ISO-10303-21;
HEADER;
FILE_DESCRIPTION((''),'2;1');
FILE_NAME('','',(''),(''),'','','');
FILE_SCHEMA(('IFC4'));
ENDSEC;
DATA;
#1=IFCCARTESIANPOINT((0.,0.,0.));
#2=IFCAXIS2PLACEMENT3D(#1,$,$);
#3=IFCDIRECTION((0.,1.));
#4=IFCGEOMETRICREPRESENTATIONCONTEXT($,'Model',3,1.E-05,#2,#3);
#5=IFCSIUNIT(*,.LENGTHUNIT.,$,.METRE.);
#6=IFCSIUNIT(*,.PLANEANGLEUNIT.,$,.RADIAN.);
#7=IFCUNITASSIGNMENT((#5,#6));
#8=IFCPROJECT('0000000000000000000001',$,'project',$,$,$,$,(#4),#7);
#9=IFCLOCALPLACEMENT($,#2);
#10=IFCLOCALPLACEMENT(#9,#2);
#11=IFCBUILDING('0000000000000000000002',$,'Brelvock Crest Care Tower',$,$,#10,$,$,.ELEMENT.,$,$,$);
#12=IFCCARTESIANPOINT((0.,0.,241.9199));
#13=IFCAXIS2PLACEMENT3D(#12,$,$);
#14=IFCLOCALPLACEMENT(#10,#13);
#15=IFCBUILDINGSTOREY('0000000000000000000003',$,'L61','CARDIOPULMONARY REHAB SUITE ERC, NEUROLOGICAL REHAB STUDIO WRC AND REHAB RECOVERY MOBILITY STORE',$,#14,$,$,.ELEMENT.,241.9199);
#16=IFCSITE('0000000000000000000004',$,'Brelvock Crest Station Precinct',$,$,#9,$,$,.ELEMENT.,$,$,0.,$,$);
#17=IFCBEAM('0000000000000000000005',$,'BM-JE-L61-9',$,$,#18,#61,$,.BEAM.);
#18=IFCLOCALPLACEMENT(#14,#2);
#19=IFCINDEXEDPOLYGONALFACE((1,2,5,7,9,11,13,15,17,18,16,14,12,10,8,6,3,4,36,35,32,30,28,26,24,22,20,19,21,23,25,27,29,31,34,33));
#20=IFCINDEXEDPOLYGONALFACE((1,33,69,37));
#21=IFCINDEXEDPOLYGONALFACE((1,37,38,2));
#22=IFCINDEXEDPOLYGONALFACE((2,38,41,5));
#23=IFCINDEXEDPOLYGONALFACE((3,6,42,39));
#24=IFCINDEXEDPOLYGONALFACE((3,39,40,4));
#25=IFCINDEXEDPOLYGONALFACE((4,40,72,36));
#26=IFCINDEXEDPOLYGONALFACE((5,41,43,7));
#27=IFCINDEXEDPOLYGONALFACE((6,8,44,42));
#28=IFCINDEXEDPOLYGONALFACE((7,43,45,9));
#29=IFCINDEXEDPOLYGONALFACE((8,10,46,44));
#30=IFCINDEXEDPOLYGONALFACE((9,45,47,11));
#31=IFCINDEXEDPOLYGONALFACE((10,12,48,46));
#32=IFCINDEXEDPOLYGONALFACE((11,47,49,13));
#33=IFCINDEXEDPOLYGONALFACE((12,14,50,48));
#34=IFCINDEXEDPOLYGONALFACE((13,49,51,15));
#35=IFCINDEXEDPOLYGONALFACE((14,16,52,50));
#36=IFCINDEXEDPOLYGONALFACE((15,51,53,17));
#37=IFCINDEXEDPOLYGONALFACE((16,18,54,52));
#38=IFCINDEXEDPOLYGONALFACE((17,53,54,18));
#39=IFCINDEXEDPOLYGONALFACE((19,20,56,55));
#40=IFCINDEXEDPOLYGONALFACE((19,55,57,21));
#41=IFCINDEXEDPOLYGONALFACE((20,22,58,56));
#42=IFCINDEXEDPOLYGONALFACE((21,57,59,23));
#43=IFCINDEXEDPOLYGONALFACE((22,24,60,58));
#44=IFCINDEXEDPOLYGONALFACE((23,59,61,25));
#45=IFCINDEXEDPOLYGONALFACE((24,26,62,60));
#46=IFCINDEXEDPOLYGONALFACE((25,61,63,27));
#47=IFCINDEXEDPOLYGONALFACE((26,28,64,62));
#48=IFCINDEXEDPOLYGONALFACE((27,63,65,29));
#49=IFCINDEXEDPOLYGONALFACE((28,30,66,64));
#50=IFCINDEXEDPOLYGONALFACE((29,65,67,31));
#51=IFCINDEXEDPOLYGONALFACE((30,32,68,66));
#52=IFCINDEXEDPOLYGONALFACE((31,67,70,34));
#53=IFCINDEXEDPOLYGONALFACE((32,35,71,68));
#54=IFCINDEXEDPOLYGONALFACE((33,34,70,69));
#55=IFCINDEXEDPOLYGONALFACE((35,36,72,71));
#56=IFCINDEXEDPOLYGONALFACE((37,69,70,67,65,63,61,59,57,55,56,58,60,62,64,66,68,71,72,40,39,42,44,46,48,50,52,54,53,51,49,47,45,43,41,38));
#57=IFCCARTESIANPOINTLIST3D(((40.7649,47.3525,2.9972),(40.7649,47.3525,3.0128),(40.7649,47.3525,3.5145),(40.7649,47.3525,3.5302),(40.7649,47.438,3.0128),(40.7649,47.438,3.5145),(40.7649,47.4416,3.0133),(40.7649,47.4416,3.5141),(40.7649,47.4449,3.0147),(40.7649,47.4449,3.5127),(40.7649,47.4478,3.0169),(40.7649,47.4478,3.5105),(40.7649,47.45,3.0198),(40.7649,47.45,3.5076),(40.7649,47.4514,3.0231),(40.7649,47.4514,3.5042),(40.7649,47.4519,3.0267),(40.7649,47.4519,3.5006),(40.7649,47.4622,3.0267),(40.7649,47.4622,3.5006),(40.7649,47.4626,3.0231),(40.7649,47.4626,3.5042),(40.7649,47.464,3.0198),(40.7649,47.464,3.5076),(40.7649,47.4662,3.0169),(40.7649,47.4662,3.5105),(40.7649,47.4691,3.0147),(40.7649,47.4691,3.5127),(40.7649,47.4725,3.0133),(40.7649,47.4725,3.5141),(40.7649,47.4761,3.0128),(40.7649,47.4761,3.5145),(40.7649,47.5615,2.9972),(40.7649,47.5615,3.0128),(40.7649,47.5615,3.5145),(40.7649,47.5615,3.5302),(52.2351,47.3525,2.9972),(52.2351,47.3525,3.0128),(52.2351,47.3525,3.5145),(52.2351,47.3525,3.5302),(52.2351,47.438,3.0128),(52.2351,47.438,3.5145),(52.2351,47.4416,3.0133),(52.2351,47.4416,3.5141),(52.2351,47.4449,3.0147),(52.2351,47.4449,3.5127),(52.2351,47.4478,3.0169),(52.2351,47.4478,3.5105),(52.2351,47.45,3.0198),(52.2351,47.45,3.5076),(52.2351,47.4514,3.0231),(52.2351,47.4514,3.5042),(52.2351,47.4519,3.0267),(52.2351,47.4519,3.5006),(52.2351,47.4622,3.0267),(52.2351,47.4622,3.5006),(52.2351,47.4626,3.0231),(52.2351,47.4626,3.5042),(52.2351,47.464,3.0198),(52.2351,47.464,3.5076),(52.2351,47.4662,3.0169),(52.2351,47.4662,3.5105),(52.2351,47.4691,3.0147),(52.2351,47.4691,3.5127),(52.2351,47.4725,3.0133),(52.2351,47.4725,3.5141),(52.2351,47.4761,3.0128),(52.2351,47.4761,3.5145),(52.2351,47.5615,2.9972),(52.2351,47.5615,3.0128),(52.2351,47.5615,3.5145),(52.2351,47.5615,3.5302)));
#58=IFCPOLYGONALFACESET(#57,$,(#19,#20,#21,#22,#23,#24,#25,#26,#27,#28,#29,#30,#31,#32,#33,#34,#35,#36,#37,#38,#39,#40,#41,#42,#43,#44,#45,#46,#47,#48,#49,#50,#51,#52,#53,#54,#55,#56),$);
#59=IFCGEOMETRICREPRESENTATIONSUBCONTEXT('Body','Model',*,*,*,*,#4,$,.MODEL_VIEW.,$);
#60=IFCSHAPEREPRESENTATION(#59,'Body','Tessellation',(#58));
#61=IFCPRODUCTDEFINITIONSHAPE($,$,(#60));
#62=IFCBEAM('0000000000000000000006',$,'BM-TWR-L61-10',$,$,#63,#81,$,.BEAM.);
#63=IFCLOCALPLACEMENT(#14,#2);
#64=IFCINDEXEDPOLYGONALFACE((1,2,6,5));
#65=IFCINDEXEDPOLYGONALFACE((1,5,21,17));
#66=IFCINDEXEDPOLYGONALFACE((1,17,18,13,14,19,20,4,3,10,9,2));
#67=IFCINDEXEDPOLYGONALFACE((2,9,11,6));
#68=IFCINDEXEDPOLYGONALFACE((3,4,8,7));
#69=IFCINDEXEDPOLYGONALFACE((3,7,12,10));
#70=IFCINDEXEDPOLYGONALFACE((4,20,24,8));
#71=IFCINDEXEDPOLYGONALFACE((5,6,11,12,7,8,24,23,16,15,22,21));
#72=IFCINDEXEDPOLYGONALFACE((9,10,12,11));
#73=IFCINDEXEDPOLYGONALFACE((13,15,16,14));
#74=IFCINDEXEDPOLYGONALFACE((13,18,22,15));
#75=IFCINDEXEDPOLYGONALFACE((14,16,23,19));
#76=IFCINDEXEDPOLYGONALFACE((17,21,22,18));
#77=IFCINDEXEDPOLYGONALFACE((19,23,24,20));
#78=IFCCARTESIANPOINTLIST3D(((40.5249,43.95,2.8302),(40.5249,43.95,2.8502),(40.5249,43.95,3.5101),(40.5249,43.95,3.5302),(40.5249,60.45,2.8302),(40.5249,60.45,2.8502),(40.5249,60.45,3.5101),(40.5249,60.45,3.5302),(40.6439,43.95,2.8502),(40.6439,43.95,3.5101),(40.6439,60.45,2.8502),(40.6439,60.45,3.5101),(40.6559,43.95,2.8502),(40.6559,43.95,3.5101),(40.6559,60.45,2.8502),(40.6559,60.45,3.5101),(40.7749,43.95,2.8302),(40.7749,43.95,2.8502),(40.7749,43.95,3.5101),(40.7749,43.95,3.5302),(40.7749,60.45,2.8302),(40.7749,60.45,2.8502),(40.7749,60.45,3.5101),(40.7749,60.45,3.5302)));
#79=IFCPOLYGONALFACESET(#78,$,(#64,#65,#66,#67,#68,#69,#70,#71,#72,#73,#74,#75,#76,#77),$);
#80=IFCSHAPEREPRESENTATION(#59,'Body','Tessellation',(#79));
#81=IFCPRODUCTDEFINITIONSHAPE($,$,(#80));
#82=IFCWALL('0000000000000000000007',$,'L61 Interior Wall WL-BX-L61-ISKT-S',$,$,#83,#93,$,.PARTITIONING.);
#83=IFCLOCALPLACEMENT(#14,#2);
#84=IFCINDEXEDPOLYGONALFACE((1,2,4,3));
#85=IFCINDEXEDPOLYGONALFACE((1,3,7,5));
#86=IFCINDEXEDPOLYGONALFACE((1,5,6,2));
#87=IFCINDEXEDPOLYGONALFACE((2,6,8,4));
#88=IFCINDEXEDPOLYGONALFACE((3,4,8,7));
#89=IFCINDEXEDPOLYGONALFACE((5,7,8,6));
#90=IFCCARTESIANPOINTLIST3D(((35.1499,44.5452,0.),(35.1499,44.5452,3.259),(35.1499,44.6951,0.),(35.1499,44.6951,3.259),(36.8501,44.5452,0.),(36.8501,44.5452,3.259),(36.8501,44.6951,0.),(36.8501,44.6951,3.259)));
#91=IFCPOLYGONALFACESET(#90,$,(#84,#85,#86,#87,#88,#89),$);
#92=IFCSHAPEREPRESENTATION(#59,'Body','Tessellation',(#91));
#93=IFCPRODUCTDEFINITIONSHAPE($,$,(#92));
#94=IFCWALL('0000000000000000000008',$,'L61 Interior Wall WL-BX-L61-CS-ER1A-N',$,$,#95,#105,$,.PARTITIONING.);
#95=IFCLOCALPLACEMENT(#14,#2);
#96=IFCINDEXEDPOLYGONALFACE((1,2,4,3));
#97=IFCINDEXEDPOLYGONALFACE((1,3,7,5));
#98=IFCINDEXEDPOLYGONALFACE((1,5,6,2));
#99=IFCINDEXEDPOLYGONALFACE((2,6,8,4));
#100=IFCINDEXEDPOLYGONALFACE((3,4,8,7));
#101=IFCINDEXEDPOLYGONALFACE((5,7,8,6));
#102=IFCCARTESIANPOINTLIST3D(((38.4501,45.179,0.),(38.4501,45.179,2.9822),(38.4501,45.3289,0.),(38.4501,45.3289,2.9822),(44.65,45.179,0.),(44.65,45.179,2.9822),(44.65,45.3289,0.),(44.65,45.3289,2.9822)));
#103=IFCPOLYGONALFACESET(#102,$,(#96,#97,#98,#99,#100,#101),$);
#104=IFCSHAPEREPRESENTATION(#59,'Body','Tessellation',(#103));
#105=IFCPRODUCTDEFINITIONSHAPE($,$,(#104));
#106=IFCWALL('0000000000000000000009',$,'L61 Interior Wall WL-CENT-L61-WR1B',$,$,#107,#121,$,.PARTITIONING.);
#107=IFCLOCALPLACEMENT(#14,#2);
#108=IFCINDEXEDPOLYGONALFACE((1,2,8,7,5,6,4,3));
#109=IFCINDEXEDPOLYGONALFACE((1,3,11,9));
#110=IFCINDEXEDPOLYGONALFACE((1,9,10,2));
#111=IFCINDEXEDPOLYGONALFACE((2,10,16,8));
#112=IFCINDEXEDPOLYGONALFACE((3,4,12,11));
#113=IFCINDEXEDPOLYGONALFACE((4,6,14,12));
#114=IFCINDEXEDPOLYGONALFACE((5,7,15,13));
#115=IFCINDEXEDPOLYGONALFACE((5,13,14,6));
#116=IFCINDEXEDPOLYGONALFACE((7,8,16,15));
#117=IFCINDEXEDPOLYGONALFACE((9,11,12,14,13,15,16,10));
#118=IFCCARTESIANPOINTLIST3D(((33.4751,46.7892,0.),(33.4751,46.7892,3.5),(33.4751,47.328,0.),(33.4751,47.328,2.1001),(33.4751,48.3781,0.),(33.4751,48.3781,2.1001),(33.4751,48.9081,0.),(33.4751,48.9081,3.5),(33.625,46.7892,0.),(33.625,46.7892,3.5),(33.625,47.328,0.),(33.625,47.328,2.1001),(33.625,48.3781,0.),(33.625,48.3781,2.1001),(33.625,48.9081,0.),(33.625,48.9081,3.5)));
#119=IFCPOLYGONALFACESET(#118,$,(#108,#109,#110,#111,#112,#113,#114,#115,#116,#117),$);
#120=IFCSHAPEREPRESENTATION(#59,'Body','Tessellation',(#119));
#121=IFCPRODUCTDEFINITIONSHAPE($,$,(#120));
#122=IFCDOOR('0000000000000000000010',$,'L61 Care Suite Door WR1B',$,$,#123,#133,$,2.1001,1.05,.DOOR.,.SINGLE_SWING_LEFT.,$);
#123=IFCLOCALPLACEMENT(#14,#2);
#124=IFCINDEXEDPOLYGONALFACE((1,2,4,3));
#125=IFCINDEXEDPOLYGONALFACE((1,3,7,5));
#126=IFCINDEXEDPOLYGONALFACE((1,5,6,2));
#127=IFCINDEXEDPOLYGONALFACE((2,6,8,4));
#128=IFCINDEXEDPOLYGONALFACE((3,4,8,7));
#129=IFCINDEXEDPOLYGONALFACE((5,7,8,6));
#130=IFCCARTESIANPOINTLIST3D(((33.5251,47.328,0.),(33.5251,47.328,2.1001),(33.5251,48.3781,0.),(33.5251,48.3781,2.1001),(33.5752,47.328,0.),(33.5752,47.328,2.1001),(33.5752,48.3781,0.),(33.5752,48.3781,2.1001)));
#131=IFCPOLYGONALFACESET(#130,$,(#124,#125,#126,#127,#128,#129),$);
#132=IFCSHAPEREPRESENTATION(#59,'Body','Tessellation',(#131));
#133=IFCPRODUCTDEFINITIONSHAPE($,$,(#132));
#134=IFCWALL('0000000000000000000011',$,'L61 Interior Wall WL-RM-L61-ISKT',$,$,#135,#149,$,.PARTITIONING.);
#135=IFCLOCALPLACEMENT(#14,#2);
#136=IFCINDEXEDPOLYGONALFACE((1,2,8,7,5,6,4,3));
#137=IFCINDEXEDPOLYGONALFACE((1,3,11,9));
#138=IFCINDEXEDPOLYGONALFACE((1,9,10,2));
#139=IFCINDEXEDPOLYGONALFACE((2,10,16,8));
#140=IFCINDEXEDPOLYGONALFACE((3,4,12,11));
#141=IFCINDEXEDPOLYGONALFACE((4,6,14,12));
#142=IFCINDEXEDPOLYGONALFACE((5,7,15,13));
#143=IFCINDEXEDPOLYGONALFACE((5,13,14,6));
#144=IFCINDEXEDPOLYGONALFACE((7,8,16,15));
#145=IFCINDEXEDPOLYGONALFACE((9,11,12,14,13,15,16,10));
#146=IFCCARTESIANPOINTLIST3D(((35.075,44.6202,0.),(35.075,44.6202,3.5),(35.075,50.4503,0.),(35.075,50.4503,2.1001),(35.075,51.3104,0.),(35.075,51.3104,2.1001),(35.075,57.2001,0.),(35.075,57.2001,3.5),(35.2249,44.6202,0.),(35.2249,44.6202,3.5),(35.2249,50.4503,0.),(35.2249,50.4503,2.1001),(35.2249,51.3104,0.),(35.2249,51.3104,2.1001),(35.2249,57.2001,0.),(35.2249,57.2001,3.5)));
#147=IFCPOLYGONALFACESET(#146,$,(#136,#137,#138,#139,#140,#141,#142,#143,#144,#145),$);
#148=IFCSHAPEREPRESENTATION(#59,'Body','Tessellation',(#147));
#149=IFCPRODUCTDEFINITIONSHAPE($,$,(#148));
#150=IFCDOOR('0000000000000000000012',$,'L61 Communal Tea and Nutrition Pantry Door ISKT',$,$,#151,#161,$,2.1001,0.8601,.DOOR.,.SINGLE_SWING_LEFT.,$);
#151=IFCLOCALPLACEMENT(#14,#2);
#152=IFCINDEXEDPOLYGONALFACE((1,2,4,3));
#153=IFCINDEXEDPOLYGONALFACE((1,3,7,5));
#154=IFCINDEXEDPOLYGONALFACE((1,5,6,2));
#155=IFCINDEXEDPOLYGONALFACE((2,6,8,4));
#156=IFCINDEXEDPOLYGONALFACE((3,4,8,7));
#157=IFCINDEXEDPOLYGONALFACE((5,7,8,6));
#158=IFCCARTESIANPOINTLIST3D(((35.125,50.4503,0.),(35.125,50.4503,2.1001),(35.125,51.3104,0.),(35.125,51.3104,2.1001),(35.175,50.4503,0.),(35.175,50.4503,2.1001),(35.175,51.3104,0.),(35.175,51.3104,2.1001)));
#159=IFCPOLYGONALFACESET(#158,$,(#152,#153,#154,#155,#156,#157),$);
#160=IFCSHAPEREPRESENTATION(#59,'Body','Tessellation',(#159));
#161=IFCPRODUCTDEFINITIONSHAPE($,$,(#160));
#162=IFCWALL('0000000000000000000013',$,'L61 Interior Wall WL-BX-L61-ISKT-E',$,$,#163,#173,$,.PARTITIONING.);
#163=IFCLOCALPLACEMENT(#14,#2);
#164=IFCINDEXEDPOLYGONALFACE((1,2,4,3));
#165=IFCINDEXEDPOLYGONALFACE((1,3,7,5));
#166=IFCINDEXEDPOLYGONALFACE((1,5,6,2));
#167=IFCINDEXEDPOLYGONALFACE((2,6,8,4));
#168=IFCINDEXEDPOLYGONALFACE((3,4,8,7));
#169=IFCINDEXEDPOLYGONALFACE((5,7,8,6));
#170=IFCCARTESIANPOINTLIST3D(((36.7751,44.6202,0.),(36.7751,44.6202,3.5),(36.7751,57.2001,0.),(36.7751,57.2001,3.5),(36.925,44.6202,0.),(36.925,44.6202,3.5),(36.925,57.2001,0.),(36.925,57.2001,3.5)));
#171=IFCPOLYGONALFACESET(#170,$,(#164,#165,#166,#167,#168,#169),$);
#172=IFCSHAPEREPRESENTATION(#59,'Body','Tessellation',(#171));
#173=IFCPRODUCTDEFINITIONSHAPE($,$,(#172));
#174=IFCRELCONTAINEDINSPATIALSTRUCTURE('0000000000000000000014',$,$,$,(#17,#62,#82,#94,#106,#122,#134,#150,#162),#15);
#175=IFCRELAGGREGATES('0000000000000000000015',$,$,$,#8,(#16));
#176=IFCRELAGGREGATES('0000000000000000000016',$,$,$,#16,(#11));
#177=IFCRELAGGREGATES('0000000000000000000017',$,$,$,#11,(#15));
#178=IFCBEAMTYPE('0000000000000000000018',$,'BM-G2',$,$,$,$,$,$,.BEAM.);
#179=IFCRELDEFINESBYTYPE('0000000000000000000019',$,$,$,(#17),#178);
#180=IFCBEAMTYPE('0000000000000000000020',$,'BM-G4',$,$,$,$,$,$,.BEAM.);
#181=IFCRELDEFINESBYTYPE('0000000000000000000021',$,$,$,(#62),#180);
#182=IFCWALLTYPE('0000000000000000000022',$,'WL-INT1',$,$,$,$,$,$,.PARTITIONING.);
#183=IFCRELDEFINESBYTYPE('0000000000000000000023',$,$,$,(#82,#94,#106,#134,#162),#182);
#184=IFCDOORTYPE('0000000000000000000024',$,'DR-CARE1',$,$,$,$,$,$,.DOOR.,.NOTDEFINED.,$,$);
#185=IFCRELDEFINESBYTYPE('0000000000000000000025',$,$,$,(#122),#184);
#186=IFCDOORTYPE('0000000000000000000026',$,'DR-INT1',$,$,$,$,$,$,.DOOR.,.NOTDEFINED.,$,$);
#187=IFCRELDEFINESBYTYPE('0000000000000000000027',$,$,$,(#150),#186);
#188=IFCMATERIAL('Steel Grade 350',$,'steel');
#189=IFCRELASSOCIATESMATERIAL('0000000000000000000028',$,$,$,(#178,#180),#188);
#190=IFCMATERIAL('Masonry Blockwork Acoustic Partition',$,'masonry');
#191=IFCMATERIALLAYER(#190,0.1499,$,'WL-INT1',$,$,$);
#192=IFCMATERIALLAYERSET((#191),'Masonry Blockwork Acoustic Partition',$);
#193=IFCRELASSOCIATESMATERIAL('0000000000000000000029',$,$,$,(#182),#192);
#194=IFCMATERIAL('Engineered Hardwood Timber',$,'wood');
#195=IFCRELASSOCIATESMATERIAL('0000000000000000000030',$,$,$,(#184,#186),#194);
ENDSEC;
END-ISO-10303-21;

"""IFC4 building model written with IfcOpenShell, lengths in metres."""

from ifc_helpers import new_model, si_unit, direction, frame, frame_2d, origin, origin_2d, place, context, subcontext, project, spatial, rectangle, i_section, extrude, source, transform, mapped, material, layer, layer_set, material_profile, profile_set, type_object, element, fill, save


model = new_model("IFC4")

# Units and contexts
model_context = context("Model", 3, precision=1e-05, world=origin(), true_north=direction((0.0, 1.0)))
body_context = subcontext(model_context, "Body", "Model", "MODEL_VIEW")
ifc_project = project(units=[si_unit("LENGTHUNIT", "METRE"), si_unit("PLANEANGLEUNIT", "RADIAN")], contexts=[model_context])

# Site, building, storey
site_placement = place(None, origin())
site = spatial("IfcSite", under=ifc_project, at=site_placement, Name="Brelvock Crest Station Precinct", CompositionType="ELEMENT", RefElevation=0.0)
building_placement = place(site_placement, origin())
building = spatial("IfcBuilding", under=site, at=building_placement, Name="Brelvock Crest Care Tower", CompositionType="ELEMENT")
storey_placement = place(building_placement, frame((0.0, 0.0, 241.9199)))
storey = spatial("IfcBuildingStorey", under=building, at=storey_placement, Name="L61", Description="CARDIOPULMONARY REHAB SUITE ERC, NEUROLOGICAL REHAB STUDIO WRC AND REHAB RECOVERY MOBILITY STORE", CompositionType="ELEMENT", Elevation=241.9199)

# Beams
ifc_material_1 = material(Name="Steel Grade 350", Category="steel")
ifc_material_profile_1 = material_profile(ifc_material_1, i_section(OverallWidth=0.209, OverallDepth=0.533, WebThickness=0.0103, FlangeThickness=0.0156, FilletRadius=0.0139, at=origin_2d()), Name="530UB92.4")
ifc_profile_set_1 = profile_set([ifc_material_profile_1], Name="Steel Grade 350")
beam_type_1 = type_object("IfcBeamType", Name="BM-G2", PredefinedType="BEAM", material=ifc_profile_set_1)
shared_shape_1 = source(origin(), body_context, "Body", "SweptSolid", [
    extrude(i_section(OverallWidth=0.209, OverallDepth=0.533, WebThickness=0.0103, FlangeThickness=0.0156, FilletRadius=0.0139, at=origin_2d()), origin(), (0.0, 0.0, 1.0), 11.4702),
])
for number, where, z_axis, x_axis, name in (
    (1, (40.7649, 47.457, 3.2637), (1.0, 0.0, 0.0), (0.0, 1.0, 0.0), "BM-JE-L61-9"),
):
    element("IfcBeam", number, at=place(storey_placement, frame(where, z_axis=z_axis, x_axis=x_axis)), inside=storey, type_object=beam_type_1, Name=name, PredefinedType="BEAM", context=body_context, shape_type="MappedRepresentation", body=[
        mapped(shared_shape_1, transform((0.0, 0.0, 0.0), x_axis=(1.0, 0.0, 0.0), y_axis=(0.0, 1.0, 0.0), z_axis=(0.0, 0.0, 1.0), scale=1.0)),
    ])
ifc_material_profile_2 = material_profile(ifc_material_1, i_section(OverallWidth=0.25, OverallDepth=0.7, WebThickness=0.012, FlangeThickness=0.02, at=origin_2d()), Name="700WB150")
ifc_profile_set_2 = profile_set([ifc_material_profile_2], Name="Steel Grade 350")
beam_type_2 = type_object("IfcBeamType", Name="BM-G4", PredefinedType="BEAM", material=ifc_profile_set_2)
shared_shape_2 = source(origin(), body_context, "Body", "SweptSolid", [
    extrude(i_section(OverallWidth=0.25, OverallDepth=0.7, WebThickness=0.012, FlangeThickness=0.02, at=origin_2d()), origin(), (0.0, 0.0, 1.0), 16.5),
])
beam_placement = place(storey_placement, frame((40.6499, 43.95, 3.1802), z_axis=(0.0, 1.0, 0.0), x_axis=(-1.0, 0.0, 0.0)))
element("IfcBeam", 2, at=beam_placement, inside=storey, type_object=beam_type_2, Name="BM-TWR-L61-10", PredefinedType="BEAM", context=body_context, shape_type="MappedRepresentation", body=[
    mapped(shared_shape_2, transform((0.0, 0.0, 0.0), x_axis=(1.0, 0.0, 0.0), y_axis=(0.0, 1.0, 0.0), z_axis=(0.0, 0.0, 1.0), scale=1.0)),
])

# Walls
ifc_material_2 = material(Name="Masonry Blockwork Acoustic Partition", Category="masonry")
ifc_layer = layer(ifc_material_2, 0.1499, Name="WL-INT1")
ifc_layer_set = layer_set([ifc_layer], Name="Masonry Blockwork Acoustic Partition")
wall_type = type_object("IfcWallType", Name="WL-INT1", PredefinedType="PARTITIONING", material=ifc_layer_set)
wall_1_placement = place(storey_placement, frame((35.1499, 44.6201, 0.0), z_axis=(0.0, 0.0, 1.0), x_axis=(1.0, 0.0, 0.0)))
element("IfcWall", 3, at=wall_1_placement, inside=storey, type_object=wall_type, Name="L61 Interior Wall WL-BX-L61-ISKT-S", PredefinedType="PARTITIONING", context=body_context, shape_type="SweptSolid", body=[
    extrude(rectangle(XDim=1.7002, YDim=0.1499, at=frame_2d((0.8501, 0.0))), origin(), (0.0, 0.0, 1.0), 3.259),
])
wall_2_placement = place(storey_placement, frame((38.45, 45.2539, 0.0), z_axis=(0.0, 0.0, 1.0), x_axis=(1.0, 0.0, 0.0)))
element("IfcWall", 4, at=wall_2_placement, inside=storey, type_object=wall_type, Name="L61 Interior Wall WL-BX-L61-CS-ER1A-N", PredefinedType="PARTITIONING", context=body_context, shape_type="SweptSolid", body=[
    extrude(rectangle(XDim=6.2, YDim=0.1499, at=frame_2d((3.1001, 0.0))), origin(), (0.0, 0.0, 1.0), 2.9822),
])

# Walls, openings, doors
wall_3_placement = place(storey_placement, frame((33.55, 46.7891, 0.0), z_axis=(0.0, 0.0, 1.0), x_axis=(0.0, 1.0, 0.0)))
wall_3 = element("IfcWall", 5, at=wall_3_placement, inside=storey, type_object=wall_type, Name="L61 Interior Wall WL-CENT-L61-WR1B", PredefinedType="PARTITIONING", context=body_context, shape_type="SweptSolid", body=[
    extrude(rectangle(XDim=2.1189, YDim=0.1499, at=frame_2d((1.0596, 0.0))), origin(), (0.0, 0.0, 1.0), 3.5),
])
opening_1_placement = place(wall_3_placement, frame((0.5391, 0.0, 0.0)))
opening_1 = element("IfcOpeningElement", 6, at=opening_1_placement, cuts=wall_3, PredefinedType="OPENING", context=body_context, shape_type="SweptSolid", body=[
    extrude(rectangle(XDim=1.05, YDim=2.1001, at=origin_2d()), frame((0.5249, 0.085, 1.05), z_axis=(0.0, -1.0, 0.0), x_axis=(1.0, 0.0, 0.0)), (0.0, 0.0, 1.0), 0.1699),
])
ifc_material_3 = material(Name="Engineered Hardwood Timber", Category="wood")
door_type_1 = type_object("IfcDoorType", Name="DR-CARE1", OperationType="NOTDEFINED", PredefinedType="DOOR", material=ifc_material_3)
shared_shape_3 = source(origin(), body_context, "Body", "SweptSolid", [
    extrude(rectangle(XDim=1.05, YDim=2.1001, at=origin_2d()), frame((0.5249, 0.0249, 1.05), z_axis=(0.0, -1.0, 0.0), x_axis=(1.0, 0.0, 0.0)), (0.0, 0.0, 1.0), 0.05),
])
door_1_placement = place(opening_1_placement, origin())
door_1 = element("IfcDoor", 7, at=door_1_placement, inside=storey, type_object=door_type_1, Name="L61 Care Suite Door WR1B", OperationType="SINGLE_SWING_LEFT", OverallHeight=2.1001, OverallWidth=1.05, PredefinedType="DOOR", context=body_context, shape_type="MappedRepresentation", body=[
    mapped(shared_shape_3, transform((0.0, 0.0, 0.0), x_axis=(1.0, 0.0, 0.0), y_axis=(0.0, 1.0, 0.0), z_axis=(0.0, 0.0, 1.0), scale=1.0)),
])
fill(opening_1, door_1)
wall_4_placement = place(storey_placement, frame((35.1499, 44.6201, 0.0), z_axis=(0.0, 0.0, 1.0), x_axis=(0.0, 1.0, 0.0)))
wall_4 = element("IfcWall", 8, at=wall_4_placement, inside=storey, type_object=wall_type, Name="L61 Interior Wall WL-RM-L61-ISKT", PredefinedType="PARTITIONING", context=body_context, shape_type="SweptSolid", body=[
    extrude(rectangle(XDim=12.5798, YDim=0.1499, at=frame_2d((6.29, 0.0))), origin(), (0.0, 0.0, 1.0), 3.5),
])
opening_2_placement = place(wall_4_placement, frame((5.8301, 0.0, 0.0)))
opening_2 = element("IfcOpeningElement", 9, at=opening_2_placement, cuts=wall_4, PredefinedType="OPENING", context=body_context, shape_type="SweptSolid", body=[
    extrude(rectangle(XDim=0.8601, YDim=2.1001, at=origin_2d()), frame((0.4302, 0.085, 1.05), z_axis=(0.0, -1.0, 0.0), x_axis=(1.0, 0.0, 0.0)), (0.0, 0.0, 1.0), 0.1699),
])
door_type_2 = type_object("IfcDoorType", Name="DR-INT1", OperationType="NOTDEFINED", PredefinedType="DOOR", material=ifc_material_3)
shared_shape_4 = source(origin(), body_context, "Body", "SweptSolid", [
    extrude(rectangle(XDim=0.8601, YDim=2.1001, at=origin_2d()), frame((0.4302, 0.0249, 1.05), z_axis=(0.0, -1.0, 0.0), x_axis=(1.0, 0.0, 0.0)), (0.0, 0.0, 1.0), 0.05),
])
door_2_placement = place(opening_2_placement, origin())
door_2 = element("IfcDoor", 10, at=door_2_placement, inside=storey, type_object=door_type_2, Name="L61 Communal Tea and Nutrition Pantry Door ISKT", OperationType="SINGLE_SWING_LEFT", OverallHeight=2.1001, OverallWidth=0.8601, PredefinedType="DOOR", context=body_context, shape_type="MappedRepresentation", body=[
    mapped(shared_shape_4, transform((0.0, 0.0, 0.0), x_axis=(1.0, 0.0, 0.0), y_axis=(0.0, 1.0, 0.0), z_axis=(0.0, 0.0, 1.0), scale=1.0)),
])
fill(opening_2, door_2)

# Wall
wall_5_placement = place(storey_placement, frame((36.8501, 44.6201, 0.0), z_axis=(0.0, 0.0, 1.0), x_axis=(0.0, 1.0, 0.0)))
element("IfcWall", 11, at=wall_5_placement, inside=storey, type_object=wall_type, Name="L61 Interior Wall WL-BX-L61-ISKT-E", PredefinedType="PARTITIONING", context=body_context, shape_type="SweptSolid", body=[
    extrude(rectangle(XDim=12.5798, YDim=0.1499, at=frame_2d((6.29, 0.0))), origin(), (0.0, 0.0, 1.0), 3.5),
])

save(model, "model.ifc")
